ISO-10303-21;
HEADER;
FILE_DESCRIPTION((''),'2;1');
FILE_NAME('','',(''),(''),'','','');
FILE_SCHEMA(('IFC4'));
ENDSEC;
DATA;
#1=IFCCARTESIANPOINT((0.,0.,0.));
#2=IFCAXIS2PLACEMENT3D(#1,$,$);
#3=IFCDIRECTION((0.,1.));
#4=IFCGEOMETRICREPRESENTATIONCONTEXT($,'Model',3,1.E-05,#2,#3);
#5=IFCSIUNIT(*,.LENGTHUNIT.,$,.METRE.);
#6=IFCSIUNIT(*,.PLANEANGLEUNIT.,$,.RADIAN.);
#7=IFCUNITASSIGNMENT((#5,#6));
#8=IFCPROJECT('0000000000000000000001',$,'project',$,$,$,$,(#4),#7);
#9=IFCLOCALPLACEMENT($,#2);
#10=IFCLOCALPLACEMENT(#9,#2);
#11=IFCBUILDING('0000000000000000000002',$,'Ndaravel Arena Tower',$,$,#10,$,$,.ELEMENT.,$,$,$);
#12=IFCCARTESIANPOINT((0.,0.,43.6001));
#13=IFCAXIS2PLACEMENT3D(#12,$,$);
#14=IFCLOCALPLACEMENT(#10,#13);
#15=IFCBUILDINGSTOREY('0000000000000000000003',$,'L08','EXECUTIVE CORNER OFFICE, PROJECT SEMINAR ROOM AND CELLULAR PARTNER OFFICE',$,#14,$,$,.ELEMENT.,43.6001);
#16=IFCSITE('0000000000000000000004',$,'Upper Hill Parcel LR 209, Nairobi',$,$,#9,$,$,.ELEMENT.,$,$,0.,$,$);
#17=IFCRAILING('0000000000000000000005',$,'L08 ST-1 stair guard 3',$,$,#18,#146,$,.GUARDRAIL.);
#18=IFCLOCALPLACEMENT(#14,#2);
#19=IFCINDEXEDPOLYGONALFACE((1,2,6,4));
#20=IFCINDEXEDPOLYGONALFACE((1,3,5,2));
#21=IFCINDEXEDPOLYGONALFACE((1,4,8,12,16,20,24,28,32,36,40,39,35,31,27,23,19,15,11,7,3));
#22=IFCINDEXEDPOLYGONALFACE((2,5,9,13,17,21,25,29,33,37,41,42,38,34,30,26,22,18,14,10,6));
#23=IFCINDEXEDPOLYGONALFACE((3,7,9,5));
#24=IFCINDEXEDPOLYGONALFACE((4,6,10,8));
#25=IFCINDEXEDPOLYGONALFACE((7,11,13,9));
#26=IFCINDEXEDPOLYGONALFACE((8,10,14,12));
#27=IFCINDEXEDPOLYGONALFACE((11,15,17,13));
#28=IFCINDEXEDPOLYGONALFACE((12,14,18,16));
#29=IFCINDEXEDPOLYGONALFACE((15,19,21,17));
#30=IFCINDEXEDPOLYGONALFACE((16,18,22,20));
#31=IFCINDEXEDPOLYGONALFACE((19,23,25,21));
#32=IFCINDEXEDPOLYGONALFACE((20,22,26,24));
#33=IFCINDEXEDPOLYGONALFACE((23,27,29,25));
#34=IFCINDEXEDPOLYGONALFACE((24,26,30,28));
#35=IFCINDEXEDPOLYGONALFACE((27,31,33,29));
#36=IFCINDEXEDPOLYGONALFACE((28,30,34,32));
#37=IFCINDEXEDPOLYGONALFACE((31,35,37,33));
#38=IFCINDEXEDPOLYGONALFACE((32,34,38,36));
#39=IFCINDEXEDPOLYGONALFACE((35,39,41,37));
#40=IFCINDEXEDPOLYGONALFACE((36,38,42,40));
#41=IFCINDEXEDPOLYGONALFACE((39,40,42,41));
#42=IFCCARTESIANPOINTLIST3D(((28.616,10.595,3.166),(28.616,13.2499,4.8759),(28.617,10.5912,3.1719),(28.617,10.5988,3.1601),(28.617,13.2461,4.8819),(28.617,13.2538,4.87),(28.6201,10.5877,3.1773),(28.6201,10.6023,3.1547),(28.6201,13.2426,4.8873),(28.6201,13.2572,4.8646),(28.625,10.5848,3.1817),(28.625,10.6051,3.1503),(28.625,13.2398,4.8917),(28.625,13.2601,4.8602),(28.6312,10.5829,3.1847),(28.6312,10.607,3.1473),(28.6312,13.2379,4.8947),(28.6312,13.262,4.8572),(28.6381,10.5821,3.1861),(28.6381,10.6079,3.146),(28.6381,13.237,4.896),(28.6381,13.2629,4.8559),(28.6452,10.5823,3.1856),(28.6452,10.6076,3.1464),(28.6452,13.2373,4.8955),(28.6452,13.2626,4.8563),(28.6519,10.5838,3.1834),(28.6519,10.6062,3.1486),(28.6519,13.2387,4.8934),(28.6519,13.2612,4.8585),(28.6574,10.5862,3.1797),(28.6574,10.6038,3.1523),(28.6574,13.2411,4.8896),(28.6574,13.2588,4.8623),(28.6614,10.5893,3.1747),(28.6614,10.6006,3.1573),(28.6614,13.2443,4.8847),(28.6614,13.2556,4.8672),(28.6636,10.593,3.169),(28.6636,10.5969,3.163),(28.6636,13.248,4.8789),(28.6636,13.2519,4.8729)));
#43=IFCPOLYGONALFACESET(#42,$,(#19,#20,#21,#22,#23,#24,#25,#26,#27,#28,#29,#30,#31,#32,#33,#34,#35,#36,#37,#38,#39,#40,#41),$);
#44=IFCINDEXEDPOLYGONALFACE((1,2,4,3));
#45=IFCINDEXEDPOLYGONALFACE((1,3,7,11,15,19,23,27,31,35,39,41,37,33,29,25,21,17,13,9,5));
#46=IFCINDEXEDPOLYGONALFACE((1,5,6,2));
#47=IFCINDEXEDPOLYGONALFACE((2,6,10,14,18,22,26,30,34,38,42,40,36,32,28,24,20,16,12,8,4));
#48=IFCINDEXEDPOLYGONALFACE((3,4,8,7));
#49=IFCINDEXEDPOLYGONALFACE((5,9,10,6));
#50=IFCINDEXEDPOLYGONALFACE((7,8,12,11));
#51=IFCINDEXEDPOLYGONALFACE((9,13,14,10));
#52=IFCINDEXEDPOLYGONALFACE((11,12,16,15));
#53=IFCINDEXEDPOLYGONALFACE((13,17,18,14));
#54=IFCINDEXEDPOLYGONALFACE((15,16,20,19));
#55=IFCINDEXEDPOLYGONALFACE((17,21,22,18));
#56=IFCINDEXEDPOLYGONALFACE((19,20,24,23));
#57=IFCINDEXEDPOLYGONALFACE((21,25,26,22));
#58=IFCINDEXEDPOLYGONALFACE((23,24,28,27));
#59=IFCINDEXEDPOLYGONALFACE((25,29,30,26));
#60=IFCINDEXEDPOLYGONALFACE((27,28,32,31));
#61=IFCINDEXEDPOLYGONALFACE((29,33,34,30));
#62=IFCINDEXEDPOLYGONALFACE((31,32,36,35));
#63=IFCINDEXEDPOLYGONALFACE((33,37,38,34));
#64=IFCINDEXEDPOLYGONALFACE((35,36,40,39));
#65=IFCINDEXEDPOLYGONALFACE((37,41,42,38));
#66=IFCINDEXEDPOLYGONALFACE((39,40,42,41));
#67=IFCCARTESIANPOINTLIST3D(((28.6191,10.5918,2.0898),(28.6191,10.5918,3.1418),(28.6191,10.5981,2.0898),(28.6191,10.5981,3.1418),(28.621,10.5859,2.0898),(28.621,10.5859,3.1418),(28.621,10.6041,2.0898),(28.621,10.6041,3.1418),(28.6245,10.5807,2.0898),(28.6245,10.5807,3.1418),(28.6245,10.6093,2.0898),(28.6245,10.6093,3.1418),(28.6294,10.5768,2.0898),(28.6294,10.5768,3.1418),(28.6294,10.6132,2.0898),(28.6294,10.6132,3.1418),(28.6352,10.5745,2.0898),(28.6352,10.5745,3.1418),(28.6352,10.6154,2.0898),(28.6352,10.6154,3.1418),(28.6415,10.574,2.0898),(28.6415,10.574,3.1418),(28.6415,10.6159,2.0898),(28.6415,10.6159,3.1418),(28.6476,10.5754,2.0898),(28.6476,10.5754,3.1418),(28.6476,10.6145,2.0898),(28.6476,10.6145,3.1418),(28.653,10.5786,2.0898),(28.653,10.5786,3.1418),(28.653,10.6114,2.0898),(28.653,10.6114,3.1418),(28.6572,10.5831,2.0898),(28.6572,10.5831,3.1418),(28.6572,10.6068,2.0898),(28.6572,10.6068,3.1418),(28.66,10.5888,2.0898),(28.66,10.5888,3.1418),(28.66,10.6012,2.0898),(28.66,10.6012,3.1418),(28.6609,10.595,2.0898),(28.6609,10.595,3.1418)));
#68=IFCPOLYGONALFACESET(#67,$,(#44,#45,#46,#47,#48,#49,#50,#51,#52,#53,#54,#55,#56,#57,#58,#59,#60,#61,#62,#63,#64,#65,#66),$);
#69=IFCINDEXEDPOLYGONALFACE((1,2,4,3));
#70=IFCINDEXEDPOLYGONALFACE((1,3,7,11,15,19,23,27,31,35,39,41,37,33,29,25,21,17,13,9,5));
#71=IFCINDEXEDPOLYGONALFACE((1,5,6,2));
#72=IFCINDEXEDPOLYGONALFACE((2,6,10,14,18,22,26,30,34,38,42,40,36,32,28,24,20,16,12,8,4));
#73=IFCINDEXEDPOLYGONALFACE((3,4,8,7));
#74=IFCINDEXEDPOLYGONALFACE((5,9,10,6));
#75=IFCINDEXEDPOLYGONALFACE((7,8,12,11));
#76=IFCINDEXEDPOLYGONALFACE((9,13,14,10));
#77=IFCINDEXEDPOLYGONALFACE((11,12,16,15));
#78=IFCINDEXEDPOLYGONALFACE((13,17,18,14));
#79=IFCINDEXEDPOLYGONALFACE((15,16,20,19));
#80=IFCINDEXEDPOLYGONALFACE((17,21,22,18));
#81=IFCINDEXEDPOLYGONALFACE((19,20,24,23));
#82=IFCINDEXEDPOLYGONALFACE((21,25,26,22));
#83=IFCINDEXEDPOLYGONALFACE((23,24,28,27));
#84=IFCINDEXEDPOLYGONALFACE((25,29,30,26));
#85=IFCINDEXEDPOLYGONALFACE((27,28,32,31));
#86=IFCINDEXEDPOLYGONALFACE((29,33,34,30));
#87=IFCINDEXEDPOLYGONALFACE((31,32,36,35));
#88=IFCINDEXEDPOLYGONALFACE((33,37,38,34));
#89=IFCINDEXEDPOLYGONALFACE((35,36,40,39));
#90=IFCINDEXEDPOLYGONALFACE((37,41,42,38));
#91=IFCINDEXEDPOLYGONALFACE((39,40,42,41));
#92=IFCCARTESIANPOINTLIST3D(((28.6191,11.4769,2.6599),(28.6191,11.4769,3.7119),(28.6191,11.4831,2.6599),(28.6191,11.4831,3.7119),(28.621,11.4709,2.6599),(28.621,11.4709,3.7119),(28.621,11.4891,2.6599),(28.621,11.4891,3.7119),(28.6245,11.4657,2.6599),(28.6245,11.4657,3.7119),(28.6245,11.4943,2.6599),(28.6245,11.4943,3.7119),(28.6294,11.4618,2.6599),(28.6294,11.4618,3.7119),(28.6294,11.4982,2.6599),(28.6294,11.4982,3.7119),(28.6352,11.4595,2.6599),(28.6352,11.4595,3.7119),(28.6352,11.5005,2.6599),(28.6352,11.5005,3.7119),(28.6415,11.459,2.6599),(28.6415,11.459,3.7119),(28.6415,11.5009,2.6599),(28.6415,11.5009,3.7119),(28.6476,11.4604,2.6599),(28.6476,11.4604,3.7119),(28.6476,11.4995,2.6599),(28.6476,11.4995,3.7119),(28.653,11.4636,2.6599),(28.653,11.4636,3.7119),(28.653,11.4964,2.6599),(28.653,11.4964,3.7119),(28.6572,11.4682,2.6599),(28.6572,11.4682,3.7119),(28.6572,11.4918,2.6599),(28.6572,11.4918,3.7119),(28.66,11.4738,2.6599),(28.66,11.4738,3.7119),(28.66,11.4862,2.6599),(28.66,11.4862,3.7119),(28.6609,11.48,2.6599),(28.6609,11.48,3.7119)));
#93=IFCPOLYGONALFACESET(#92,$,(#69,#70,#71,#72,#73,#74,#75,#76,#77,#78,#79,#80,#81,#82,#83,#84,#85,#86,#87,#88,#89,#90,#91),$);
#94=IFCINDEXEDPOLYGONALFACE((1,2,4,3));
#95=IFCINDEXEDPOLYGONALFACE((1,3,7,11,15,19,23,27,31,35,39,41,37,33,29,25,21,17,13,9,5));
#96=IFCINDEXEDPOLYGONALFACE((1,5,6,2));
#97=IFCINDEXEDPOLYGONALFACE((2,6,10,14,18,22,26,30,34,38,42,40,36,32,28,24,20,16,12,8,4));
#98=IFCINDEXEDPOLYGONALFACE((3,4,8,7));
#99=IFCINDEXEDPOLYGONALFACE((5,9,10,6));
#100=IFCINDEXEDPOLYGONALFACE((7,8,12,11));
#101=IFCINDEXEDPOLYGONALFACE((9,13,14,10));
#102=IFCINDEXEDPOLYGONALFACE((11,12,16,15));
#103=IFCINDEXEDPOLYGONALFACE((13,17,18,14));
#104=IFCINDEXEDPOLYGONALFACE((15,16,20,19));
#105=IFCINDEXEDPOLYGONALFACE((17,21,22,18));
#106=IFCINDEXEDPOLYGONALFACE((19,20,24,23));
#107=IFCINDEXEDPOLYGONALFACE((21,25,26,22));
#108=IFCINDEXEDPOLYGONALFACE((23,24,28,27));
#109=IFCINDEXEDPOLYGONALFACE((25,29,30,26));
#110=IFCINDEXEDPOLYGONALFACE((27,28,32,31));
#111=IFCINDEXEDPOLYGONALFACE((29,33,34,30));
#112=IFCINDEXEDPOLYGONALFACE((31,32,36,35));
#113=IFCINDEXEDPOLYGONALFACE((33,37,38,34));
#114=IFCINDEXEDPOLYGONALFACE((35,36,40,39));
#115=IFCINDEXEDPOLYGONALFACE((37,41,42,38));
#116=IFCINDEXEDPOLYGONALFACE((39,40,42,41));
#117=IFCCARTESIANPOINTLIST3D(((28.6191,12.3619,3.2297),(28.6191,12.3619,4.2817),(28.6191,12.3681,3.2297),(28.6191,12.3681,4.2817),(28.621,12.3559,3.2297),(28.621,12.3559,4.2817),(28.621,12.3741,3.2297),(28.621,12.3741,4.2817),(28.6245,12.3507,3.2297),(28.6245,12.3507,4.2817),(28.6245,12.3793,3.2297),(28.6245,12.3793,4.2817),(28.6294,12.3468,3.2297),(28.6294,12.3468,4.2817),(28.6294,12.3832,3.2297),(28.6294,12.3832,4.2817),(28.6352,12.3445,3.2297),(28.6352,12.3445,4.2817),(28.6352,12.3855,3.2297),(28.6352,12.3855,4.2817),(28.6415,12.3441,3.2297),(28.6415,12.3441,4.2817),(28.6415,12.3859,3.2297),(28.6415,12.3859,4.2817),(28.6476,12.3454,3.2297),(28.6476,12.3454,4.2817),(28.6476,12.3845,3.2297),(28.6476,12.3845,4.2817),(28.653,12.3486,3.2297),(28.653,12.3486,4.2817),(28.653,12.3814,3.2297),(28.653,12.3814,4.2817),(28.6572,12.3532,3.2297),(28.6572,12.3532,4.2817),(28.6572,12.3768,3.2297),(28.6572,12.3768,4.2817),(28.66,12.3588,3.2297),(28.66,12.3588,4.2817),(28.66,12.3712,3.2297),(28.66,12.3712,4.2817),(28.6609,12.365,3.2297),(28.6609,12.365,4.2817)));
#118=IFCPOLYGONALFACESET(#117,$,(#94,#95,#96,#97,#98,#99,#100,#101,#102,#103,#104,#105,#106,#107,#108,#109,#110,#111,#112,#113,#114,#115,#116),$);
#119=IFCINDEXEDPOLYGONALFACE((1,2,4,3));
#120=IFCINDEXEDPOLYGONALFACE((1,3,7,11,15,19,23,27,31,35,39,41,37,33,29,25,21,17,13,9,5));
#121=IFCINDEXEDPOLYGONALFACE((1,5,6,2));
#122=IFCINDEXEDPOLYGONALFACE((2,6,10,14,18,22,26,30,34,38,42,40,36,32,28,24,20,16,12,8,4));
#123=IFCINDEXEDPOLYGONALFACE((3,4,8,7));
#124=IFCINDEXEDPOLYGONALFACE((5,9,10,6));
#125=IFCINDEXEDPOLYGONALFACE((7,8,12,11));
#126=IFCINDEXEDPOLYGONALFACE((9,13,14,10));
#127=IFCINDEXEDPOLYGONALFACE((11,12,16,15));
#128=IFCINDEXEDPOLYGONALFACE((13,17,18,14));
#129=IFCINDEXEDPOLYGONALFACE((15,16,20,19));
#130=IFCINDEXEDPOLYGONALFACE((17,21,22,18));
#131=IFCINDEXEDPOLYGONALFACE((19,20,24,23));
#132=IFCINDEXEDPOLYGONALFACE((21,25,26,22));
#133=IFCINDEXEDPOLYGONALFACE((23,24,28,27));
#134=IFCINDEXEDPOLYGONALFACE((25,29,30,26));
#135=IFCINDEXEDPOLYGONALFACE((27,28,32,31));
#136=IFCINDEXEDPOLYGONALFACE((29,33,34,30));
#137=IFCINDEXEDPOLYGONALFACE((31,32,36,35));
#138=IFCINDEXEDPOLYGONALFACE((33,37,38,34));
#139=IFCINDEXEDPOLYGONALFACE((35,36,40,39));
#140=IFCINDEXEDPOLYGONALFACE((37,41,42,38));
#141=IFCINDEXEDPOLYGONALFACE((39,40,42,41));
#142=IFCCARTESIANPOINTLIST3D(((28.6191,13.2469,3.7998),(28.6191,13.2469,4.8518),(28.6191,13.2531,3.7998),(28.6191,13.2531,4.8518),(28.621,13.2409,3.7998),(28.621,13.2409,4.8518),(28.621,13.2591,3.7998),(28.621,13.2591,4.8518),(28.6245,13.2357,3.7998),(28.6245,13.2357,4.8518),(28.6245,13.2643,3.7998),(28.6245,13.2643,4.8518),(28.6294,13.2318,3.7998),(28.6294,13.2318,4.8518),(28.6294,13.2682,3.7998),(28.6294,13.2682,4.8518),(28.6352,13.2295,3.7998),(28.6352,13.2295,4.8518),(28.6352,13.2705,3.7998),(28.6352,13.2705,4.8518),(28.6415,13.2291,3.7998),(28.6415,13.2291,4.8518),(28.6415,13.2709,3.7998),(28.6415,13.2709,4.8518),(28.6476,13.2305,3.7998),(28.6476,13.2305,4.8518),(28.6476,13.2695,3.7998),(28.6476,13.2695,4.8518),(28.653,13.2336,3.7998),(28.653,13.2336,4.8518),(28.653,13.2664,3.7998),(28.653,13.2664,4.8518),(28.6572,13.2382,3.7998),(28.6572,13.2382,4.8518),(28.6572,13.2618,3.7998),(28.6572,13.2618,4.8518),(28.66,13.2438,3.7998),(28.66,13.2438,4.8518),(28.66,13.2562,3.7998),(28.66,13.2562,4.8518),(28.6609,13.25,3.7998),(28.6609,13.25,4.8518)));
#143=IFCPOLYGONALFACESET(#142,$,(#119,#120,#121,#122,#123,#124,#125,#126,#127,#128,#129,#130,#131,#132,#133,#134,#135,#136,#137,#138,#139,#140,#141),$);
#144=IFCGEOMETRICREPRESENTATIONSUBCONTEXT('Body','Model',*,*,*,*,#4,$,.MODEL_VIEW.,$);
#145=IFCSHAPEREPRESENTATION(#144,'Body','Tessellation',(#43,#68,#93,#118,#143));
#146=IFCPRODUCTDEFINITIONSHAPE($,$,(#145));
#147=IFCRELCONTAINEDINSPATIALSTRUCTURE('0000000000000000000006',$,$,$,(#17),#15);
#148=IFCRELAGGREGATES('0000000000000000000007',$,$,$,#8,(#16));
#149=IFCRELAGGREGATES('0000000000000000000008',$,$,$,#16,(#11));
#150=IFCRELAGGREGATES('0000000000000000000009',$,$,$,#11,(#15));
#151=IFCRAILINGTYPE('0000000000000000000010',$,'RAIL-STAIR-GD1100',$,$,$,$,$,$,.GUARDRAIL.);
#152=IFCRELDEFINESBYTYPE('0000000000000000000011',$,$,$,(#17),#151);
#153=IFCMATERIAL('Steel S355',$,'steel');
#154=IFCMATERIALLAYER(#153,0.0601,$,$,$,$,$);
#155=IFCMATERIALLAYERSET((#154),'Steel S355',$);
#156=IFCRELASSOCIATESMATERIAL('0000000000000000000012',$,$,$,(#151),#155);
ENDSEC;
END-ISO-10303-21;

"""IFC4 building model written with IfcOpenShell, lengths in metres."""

from ifc_helpers import new_model, si_unit, direction, frame, origin, origin_2d, place, context, subcontext, project, spatial, circle, extrude, material, layer, layer_set, type_object, element, save


model = new_model("IFC4")

# Units and contexts
model_context = context("Model", 3, precision=1e-05, world=origin(), true_north=direction((0.0, 1.0)))
body_context = subcontext(model_context, "Body", "Model", "MODEL_VIEW")
ifc_project = project(units=[si_unit("LENGTHUNIT", "METRE"), si_unit("PLANEANGLEUNIT", "RADIAN")], contexts=[model_context])

# Site, building, storey
site_placement = place(None, origin())
site = spatial("IfcSite", under=ifc_project, at=site_placement, Name="Upper Hill Parcel LR 209, Nairobi", CompositionType="ELEMENT", RefElevation=0.0)
building_placement = place(site_placement, origin())
building = spatial("IfcBuilding", under=site, at=building_placement, Name="Ndaravel Arena Tower", CompositionType="ELEMENT")
storey_placement = place(building_placement, frame((0.0, 0.0, 43.6001)))
storey = spatial("IfcBuildingStorey", under=building, at=storey_placement, Name="L08", Description="EXECUTIVE CORNER OFFICE, PROJECT SEMINAR ROOM AND CELLULAR PARTNER OFFICE", CompositionType="ELEMENT", Elevation=43.6001)

# Railing
ifc_material_1 = material(Name="Steel S355", Category="steel")
ifc_layer_1 = layer(ifc_material_1, 0.0601)
ifc_layer_set_1 = layer_set([ifc_layer_1], Name="Steel S355")
railing_type_1 = type_object("IfcRailingType", Name="RAIL-STAIR-GD1100", PredefinedType="GUARDRAIL", material=ifc_layer_set_1)
railing_1_placement = place(storey_placement, frame((28.6399, 10.595, 2.0898)))
element("IfcRailing", 1, at=railing_1_placement, inside=storey, type_object=railing_type_1, Name="L08 ST-1 stair guard 3", PredefinedType="GUARDRAIL", context=body_context, shape_type="SweptSolid", body=[
    extrude(circle(Radius=0.0239, at=origin_2d()), frame((0.0, 0.0, 1.0762), z_axis=(0.0, 0.840724, 0.541465), x_axis=(-1.0, 0.0, 0.0)), (0.0, 0.0, 1.0), 3.158),
    extrude(circle(Radius=0.021, at=origin_2d()), origin(), (0.0, 0.0, 1.0), 1.052),
    extrude(circle(Radius=0.021, at=origin_2d()), frame((0.0, 0.885, 0.5701)), (0.0, 0.0, 1.0), 1.052),
    extrude(circle(Radius=0.021, at=origin_2d()), frame((0.0, 1.77, 1.1399)), (0.0, 0.0, 1.0), 1.052),
    extrude(circle(Radius=0.021, at=origin_2d()), frame((0.0, 2.655, 1.71)), (0.0, 0.0, 1.0), 1.052),
])

save(model, "model.ifc")
